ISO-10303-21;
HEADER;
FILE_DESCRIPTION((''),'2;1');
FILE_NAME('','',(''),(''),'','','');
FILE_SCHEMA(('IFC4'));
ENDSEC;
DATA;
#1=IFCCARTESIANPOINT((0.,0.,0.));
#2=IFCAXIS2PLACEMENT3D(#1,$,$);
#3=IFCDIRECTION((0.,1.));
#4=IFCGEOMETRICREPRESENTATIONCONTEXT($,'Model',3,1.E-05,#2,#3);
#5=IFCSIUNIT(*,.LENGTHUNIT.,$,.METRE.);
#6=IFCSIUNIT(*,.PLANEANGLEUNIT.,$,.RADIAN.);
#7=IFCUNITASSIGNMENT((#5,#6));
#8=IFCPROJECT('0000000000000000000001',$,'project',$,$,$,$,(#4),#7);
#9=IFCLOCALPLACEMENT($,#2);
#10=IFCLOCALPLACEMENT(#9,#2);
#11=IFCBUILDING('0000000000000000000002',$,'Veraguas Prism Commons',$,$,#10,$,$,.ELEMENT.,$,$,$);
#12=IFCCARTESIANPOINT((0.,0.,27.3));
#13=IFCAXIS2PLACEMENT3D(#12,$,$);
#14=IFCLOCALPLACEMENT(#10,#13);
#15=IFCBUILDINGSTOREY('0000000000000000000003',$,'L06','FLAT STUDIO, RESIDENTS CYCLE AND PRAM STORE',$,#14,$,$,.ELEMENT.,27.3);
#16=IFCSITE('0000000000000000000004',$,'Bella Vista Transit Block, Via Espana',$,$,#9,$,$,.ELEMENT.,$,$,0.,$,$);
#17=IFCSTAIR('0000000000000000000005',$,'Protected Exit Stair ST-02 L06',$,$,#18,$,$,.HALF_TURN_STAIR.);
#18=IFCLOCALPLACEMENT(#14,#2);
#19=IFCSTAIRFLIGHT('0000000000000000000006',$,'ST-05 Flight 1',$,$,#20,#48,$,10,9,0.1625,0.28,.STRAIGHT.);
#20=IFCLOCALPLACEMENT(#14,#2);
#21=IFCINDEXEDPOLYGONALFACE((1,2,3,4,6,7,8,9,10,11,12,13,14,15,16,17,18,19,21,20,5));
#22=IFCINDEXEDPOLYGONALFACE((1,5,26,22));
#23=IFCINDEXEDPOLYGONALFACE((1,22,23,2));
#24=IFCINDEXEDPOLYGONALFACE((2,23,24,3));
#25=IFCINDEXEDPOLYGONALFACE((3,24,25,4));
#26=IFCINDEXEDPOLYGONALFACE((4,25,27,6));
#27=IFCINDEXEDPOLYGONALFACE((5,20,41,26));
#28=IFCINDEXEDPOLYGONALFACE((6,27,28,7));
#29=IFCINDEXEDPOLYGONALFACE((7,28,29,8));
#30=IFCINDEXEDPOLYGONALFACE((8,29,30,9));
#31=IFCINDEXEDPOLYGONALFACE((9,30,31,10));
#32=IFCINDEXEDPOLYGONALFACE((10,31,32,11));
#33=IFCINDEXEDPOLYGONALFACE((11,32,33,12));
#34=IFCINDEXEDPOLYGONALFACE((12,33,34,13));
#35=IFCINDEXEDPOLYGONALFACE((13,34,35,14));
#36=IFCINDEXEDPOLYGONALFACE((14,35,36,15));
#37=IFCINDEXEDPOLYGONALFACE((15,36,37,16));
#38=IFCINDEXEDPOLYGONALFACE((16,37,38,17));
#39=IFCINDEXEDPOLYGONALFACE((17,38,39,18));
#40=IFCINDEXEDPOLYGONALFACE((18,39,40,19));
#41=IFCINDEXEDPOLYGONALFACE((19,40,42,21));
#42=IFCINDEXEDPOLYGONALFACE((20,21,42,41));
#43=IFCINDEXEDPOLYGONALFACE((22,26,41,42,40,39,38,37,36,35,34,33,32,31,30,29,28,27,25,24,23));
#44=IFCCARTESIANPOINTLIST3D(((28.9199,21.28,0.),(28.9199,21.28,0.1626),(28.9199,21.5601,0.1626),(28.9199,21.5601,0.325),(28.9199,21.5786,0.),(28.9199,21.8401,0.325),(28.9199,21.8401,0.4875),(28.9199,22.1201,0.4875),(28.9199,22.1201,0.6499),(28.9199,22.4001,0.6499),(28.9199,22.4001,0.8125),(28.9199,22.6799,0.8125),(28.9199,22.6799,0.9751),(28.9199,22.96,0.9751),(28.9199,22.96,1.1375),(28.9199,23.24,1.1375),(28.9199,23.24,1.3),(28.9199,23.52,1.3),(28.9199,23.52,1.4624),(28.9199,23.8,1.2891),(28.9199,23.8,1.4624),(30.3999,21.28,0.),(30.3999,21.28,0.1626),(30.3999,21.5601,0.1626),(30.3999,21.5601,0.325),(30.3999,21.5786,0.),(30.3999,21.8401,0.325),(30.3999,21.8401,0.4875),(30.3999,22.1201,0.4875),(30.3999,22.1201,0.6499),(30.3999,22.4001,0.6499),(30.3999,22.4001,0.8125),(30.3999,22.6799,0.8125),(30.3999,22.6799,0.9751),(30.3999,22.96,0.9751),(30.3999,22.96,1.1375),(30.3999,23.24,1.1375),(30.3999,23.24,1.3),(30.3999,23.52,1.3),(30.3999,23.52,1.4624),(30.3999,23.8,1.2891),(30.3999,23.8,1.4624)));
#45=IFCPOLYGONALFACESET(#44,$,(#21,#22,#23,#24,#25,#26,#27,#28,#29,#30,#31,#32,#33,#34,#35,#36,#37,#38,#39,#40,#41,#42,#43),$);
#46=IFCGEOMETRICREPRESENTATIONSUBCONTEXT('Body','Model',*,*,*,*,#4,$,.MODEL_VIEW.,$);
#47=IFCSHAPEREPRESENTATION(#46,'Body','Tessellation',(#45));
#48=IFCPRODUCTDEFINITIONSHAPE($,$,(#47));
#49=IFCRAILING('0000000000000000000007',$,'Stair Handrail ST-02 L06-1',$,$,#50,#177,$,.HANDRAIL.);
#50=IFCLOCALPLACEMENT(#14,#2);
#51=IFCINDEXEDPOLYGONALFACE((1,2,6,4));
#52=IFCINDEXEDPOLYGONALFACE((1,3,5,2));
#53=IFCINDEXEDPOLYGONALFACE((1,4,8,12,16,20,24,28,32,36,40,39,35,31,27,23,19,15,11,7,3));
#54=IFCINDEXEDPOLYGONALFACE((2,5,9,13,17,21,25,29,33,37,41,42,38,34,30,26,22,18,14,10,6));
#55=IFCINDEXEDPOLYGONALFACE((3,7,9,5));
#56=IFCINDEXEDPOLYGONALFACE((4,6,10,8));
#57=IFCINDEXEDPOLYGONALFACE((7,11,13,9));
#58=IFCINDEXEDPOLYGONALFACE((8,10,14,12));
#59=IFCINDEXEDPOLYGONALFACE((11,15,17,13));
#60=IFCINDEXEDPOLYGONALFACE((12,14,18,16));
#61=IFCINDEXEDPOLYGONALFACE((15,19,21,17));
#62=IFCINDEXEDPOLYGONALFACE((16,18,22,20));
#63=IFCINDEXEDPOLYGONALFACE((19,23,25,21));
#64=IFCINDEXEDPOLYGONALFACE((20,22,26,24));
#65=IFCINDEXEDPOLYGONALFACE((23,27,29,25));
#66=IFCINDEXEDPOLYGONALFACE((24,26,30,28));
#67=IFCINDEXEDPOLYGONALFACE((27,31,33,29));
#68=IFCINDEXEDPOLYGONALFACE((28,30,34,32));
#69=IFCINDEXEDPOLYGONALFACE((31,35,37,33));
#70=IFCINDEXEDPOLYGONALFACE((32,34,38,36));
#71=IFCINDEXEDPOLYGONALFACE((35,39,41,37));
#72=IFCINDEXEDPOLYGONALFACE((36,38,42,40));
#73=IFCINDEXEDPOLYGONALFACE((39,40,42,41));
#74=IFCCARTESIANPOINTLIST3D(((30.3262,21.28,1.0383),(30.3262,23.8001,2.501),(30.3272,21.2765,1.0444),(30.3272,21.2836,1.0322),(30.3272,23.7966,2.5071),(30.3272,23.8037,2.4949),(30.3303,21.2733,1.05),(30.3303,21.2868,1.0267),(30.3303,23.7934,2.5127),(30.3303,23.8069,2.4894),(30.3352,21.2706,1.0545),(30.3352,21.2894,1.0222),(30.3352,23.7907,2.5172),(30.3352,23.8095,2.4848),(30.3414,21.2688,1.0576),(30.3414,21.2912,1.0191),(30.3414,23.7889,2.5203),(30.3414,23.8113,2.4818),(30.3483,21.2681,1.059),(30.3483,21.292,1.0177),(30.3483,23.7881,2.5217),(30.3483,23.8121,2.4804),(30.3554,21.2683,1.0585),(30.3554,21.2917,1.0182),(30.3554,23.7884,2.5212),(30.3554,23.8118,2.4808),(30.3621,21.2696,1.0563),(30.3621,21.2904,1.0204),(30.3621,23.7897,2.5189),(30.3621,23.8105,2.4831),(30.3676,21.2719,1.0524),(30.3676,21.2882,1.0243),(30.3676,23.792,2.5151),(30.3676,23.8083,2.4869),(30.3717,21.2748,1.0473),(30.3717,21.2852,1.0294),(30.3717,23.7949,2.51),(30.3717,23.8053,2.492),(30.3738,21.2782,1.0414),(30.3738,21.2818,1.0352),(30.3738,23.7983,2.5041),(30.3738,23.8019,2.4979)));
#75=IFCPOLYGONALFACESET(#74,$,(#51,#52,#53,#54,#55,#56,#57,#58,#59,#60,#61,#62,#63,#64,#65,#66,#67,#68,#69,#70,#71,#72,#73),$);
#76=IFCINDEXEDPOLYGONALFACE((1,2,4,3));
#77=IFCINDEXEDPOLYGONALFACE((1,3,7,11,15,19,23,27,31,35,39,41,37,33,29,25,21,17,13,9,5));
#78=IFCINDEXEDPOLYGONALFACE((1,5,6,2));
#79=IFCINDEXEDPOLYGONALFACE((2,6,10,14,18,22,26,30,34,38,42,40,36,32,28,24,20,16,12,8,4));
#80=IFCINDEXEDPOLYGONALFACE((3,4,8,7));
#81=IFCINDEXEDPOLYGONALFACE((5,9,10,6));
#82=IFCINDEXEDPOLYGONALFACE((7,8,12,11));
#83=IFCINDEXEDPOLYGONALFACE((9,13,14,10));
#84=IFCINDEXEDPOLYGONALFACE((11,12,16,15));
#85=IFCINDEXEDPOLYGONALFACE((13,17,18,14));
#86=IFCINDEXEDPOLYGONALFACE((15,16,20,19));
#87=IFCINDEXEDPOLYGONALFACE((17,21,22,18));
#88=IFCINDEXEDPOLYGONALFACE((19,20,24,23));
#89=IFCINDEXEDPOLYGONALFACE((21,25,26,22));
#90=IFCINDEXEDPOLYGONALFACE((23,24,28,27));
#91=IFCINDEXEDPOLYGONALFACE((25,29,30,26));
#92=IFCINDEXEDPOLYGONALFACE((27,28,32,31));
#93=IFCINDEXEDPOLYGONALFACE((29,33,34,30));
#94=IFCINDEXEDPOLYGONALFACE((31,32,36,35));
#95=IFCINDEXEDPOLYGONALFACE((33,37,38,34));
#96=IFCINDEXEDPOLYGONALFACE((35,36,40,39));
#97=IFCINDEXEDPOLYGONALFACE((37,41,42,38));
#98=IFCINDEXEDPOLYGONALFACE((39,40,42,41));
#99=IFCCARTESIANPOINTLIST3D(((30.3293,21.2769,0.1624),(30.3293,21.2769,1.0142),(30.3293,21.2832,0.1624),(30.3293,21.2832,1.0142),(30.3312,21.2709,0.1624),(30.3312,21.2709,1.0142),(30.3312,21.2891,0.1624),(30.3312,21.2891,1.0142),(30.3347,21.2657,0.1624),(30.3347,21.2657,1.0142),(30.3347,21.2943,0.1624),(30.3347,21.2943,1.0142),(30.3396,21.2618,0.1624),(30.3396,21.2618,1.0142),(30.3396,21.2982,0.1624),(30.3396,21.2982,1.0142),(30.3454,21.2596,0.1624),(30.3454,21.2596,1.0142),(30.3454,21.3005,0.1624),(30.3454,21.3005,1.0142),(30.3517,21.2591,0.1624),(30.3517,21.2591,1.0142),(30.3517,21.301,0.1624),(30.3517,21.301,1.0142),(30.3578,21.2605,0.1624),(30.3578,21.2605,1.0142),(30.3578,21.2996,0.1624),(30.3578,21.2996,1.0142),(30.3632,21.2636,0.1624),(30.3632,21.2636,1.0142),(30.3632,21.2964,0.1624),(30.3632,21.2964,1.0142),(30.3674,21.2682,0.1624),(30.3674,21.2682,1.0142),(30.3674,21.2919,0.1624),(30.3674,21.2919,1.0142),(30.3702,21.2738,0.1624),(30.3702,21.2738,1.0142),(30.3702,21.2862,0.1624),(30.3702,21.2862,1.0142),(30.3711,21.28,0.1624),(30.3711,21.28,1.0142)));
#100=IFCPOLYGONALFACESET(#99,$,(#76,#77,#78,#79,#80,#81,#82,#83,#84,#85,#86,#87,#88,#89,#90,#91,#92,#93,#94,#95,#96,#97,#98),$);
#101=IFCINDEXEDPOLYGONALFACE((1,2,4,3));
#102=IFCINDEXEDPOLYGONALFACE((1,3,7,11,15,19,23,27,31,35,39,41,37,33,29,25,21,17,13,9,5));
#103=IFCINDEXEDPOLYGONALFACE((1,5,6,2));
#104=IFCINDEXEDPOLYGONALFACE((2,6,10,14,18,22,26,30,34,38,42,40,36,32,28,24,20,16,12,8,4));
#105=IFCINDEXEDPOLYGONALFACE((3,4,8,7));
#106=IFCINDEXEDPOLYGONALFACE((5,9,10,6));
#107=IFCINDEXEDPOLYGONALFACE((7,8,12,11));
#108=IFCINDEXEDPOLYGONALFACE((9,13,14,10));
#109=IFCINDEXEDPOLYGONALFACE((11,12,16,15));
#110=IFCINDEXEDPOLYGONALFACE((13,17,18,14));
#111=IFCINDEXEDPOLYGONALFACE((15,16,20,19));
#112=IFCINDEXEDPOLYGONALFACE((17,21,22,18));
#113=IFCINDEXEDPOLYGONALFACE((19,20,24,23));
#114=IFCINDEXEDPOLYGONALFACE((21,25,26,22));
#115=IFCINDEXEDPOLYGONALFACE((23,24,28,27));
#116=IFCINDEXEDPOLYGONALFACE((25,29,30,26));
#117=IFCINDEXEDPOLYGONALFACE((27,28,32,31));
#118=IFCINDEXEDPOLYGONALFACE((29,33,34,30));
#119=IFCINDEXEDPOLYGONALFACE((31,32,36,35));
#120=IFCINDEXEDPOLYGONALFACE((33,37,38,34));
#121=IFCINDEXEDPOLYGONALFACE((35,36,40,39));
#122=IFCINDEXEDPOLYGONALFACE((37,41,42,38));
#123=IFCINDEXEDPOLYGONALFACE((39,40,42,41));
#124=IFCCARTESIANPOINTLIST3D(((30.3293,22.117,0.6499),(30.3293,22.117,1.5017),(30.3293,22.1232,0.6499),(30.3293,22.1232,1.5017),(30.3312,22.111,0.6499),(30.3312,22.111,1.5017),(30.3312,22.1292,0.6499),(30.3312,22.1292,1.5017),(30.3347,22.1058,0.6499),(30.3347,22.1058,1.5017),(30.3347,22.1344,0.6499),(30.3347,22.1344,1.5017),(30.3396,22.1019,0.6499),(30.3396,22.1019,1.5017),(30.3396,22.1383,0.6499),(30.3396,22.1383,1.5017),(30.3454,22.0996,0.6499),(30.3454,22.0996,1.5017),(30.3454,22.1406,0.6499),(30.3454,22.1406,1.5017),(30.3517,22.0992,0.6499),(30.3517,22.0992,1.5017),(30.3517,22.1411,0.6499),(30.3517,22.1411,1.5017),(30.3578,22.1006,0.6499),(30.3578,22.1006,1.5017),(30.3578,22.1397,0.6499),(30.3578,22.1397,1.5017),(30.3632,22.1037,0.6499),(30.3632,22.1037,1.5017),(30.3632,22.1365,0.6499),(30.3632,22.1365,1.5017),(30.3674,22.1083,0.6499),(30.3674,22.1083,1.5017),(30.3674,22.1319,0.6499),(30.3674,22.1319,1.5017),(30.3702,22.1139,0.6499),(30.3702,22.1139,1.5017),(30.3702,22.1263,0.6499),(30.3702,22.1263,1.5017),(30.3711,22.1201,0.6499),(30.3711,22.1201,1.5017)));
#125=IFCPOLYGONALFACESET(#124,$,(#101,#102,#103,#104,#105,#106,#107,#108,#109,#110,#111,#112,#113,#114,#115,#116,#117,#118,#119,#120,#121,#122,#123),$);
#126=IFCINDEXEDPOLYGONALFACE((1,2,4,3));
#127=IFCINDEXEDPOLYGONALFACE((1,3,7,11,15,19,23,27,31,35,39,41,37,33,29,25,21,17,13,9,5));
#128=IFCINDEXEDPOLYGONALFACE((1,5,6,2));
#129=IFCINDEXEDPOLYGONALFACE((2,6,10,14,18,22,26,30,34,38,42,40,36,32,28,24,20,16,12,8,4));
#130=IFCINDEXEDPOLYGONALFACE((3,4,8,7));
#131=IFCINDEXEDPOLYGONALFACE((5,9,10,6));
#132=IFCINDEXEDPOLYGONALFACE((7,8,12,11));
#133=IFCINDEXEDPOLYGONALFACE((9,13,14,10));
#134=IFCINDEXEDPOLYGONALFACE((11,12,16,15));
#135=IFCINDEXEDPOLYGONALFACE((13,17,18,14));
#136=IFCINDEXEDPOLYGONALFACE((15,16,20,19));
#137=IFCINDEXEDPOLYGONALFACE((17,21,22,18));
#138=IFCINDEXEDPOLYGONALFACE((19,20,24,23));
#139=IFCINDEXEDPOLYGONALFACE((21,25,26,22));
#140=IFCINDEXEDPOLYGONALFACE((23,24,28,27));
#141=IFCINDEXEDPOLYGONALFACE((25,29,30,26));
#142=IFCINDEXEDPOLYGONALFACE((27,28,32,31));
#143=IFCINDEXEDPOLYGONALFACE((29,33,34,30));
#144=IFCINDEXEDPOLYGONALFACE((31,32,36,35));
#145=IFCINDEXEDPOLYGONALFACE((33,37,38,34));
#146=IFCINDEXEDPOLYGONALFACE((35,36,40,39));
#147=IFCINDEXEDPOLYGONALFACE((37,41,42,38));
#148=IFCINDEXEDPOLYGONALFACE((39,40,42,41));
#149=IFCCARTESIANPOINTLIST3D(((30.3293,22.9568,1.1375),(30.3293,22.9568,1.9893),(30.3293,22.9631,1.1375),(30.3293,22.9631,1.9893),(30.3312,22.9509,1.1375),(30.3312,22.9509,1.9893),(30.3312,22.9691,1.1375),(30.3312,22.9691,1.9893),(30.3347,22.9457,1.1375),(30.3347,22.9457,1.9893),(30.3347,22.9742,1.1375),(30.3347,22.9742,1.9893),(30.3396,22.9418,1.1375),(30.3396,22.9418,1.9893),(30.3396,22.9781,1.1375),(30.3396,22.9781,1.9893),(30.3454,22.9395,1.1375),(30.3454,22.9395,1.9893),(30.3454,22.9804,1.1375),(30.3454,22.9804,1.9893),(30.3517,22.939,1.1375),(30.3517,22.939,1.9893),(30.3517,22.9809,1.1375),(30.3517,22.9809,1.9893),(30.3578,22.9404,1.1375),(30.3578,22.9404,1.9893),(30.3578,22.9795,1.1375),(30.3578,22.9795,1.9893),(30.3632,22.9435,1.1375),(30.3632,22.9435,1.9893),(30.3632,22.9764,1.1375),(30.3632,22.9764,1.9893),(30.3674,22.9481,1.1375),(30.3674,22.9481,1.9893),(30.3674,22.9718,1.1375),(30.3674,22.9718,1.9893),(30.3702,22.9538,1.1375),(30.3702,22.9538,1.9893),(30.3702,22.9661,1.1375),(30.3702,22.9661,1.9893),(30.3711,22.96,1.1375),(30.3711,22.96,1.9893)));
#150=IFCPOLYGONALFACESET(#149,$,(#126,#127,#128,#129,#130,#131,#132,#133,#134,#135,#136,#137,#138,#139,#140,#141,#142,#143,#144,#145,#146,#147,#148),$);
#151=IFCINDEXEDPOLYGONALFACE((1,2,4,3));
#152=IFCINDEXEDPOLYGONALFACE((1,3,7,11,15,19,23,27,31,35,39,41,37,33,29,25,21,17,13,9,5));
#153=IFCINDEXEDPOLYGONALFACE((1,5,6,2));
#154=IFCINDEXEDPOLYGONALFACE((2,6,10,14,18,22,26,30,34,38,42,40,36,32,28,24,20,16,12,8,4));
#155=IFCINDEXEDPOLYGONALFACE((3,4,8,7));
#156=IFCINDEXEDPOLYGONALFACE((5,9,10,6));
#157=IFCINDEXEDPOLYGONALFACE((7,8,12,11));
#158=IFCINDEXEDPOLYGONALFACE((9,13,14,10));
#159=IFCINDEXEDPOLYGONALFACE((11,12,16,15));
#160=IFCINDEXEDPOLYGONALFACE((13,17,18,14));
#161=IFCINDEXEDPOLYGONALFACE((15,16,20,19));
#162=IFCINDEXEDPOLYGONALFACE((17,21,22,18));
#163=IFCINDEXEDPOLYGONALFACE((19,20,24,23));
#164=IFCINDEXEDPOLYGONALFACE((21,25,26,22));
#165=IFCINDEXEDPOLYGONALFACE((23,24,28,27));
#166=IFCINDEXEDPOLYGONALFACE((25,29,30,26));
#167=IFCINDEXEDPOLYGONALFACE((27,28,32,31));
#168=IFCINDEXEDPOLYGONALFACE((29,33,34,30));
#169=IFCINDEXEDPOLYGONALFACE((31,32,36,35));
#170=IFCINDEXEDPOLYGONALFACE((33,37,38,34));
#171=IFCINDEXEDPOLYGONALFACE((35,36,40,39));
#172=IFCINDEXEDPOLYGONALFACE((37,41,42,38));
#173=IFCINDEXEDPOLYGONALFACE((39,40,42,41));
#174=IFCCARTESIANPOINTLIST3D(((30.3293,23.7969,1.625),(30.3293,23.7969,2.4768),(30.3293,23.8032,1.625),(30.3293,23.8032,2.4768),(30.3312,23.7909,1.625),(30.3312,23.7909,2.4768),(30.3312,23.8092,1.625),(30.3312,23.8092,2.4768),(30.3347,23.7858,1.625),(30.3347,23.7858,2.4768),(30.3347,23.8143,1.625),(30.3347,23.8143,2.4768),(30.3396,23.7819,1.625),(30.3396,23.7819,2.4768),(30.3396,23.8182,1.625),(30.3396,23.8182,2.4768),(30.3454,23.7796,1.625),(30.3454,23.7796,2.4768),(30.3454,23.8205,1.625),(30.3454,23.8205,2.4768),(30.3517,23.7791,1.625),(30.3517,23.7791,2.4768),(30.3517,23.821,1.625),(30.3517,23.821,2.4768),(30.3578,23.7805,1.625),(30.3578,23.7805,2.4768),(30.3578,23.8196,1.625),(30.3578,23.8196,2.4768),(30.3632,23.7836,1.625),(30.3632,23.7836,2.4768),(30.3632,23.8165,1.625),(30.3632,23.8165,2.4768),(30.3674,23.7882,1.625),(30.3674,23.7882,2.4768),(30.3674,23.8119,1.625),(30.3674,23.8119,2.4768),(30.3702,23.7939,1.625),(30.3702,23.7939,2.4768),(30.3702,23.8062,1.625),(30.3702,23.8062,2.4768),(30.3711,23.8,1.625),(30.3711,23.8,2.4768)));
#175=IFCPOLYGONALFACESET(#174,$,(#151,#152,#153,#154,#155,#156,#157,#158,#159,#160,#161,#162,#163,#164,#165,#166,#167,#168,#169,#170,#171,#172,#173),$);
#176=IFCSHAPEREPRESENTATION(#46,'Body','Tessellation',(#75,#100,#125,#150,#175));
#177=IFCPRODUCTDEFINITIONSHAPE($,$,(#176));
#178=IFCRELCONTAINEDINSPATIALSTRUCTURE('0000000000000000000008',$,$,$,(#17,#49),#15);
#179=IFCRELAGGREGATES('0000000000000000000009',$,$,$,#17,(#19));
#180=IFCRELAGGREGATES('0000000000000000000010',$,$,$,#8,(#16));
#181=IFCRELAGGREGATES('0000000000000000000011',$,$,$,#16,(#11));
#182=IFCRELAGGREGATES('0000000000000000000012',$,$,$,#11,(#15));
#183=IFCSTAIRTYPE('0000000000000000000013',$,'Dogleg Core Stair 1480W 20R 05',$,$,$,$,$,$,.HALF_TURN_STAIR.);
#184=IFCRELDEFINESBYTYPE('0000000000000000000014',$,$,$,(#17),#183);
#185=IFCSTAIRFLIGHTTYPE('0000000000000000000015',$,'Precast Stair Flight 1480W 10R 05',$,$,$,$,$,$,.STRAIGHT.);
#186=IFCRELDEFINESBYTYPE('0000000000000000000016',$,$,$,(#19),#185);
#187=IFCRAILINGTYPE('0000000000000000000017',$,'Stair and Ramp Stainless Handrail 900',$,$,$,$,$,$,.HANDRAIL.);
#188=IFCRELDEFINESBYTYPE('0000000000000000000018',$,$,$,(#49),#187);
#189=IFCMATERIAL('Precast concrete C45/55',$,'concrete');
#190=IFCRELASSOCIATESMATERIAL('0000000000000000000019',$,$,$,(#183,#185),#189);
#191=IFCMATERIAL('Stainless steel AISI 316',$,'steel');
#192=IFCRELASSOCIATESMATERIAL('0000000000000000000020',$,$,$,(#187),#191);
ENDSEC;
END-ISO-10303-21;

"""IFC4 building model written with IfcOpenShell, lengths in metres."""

from ifc_helpers import new_model, si_unit, direction, frame, origin, origin_2d, place, context, subcontext, project, spatial, polyline, circle, outline, extrude, material, type_object, element, aggregate, save


model = new_model("IFC4")

# Units and contexts
model_context = context("Model", 3, precision=1e-05, world=origin(), true_north=direction((0.0, 1.0)))
body_context = subcontext(model_context, "Body", "Model", "MODEL_VIEW")
ifc_project = project(units=[si_unit("LENGTHUNIT", "METRE"), si_unit("PLANEANGLEUNIT", "RADIAN")], contexts=[model_context])

# Site, building, storey
site_placement = place(None, origin())
site = spatial("IfcSite", under=ifc_project, at=site_placement, Name="Bella Vista Transit Block, Via Espana", CompositionType="ELEMENT", RefElevation=0.0)
building_placement = place(site_placement, origin())
building = spatial("IfcBuilding", under=site, at=building_placement, Name="Veraguas Prism Commons", CompositionType="ELEMENT")
storey_placement = place(building_placement, frame((0.0, 0.0, 27.3)))
storey = spatial("IfcBuildingStorey", under=building, at=storey_placement, Name="L06", Description="FLAT STUDIO, RESIDENTS CYCLE AND PRAM STORE", CompositionType="ELEMENT", Elevation=27.3)

# Shared definitions
ifc_material_1 = material(Name="Stainless steel AISI 316", Category="steel")

# Stair, stair flight
ifc_material_2 = material(Name="Precast concrete C45/55", Category="concrete")
stair_type = type_object("IfcStairType", Name="Dogleg Core Stair 1480W 20R 05", PredefinedType="HALF_TURN_STAIR", material=ifc_material_2)
stair_placement = place(storey_placement, origin())
stair = element("IfcStair", 1, at=stair_placement, inside=storey, type_object=stair_type, Name="Protected Exit Stair ST-02 L06", PredefinedType="HALF_TURN_STAIR")
stair_flight_type = type_object("IfcStairFlightType", Name="Precast Stair Flight 1480W 10R 05", PredefinedType="STRAIGHT", material=ifc_material_2)
stair_flight_placement = place(storey_placement, frame((29.6599, 21.28, 0.0), z_axis=(0.0, 0.0, 1.0), x_axis=(0.0, 1.0, 0.0)))
stair_flight = element("IfcStairFlight", 2, at=stair_flight_placement, type_object=stair_flight_type, Name="ST-05 Flight 1", NumberOfRisers=10, NumberOfTreads=9, PredefinedType="STRAIGHT", RiserHeight=0.1625, TreadLength=0.28, context=body_context, shape_type="SweptSolid", body=[
    extrude(outline(polyline([(0.0, 0.0), (0.0, 0.1626), (0.28, 0.1626), (0.28, 0.325), (0.5601, 0.325), (0.5601, 0.4875), (0.8401, 0.4875), (0.8401, 0.6499), (1.1201, 0.6499), (1.1201, 0.8125), (1.3999, 0.8125), (1.3999, 0.9751), (1.6799, 0.9751), (1.6799, 1.1375), (1.96, 1.1375), (1.96, 1.3), (2.24, 1.3), (2.24, 1.4624), (2.52, 1.4624), (2.52, 1.625), (2.52, 1.2891), (0.2986, 0.0), (0.0, 0.0)])), frame((0.0, 0.74, 0.0), z_axis=(0.0, -1.0, 0.0), x_axis=(1.0, 0.0, 0.0)), (0.0, 0.0, 1.0), 1.48),
])
aggregate(stair, [stair_flight])

# Railing
railing_type_1 = type_object("IfcRailingType", Name="Stair and Ramp Stainless Handrail 900", PredefinedType="HANDRAIL", material=ifc_material_1)
railing_1_placement = place(storey_placement, frame((30.3501, 21.28, 0.1624)))
element("IfcRailing", 3, at=railing_1_placement, inside=storey, type_object=railing_type_1, Name="Stair Handrail ST-02 L06-1", PredefinedType="HANDRAIL", context=body_context, shape_type="SweptSolid", body=[
    extrude(circle(Radius=0.0239, at=origin_2d()), frame((0.0, 0.0, 0.876), z_axis=(0.0, 0.864877, 0.501984), x_axis=(-1.0, 0.0, 0.0)), (0.0, 0.0, 1.0), 2.9138),
    extrude(circle(Radius=0.021, at=origin_2d()), origin(), (0.0, 0.0, 1.0), 0.8518),
    extrude(circle(Radius=0.021, at=origin_2d()), frame((0.0, 0.8401, 0.4875)), (0.0, 0.0, 1.0), 0.8518),
    extrude(circle(Radius=0.021, at=origin_2d()), frame((0.0, 1.6799, 0.9751)), (0.0, 0.0, 1.0), 0.8518),
    extrude(circle(Radius=0.021, at=origin_2d()), frame((0.0, 2.52, 1.4626)), (0.0, 0.0, 1.0), 0.8518),
])

save(model, "model.ifc")
